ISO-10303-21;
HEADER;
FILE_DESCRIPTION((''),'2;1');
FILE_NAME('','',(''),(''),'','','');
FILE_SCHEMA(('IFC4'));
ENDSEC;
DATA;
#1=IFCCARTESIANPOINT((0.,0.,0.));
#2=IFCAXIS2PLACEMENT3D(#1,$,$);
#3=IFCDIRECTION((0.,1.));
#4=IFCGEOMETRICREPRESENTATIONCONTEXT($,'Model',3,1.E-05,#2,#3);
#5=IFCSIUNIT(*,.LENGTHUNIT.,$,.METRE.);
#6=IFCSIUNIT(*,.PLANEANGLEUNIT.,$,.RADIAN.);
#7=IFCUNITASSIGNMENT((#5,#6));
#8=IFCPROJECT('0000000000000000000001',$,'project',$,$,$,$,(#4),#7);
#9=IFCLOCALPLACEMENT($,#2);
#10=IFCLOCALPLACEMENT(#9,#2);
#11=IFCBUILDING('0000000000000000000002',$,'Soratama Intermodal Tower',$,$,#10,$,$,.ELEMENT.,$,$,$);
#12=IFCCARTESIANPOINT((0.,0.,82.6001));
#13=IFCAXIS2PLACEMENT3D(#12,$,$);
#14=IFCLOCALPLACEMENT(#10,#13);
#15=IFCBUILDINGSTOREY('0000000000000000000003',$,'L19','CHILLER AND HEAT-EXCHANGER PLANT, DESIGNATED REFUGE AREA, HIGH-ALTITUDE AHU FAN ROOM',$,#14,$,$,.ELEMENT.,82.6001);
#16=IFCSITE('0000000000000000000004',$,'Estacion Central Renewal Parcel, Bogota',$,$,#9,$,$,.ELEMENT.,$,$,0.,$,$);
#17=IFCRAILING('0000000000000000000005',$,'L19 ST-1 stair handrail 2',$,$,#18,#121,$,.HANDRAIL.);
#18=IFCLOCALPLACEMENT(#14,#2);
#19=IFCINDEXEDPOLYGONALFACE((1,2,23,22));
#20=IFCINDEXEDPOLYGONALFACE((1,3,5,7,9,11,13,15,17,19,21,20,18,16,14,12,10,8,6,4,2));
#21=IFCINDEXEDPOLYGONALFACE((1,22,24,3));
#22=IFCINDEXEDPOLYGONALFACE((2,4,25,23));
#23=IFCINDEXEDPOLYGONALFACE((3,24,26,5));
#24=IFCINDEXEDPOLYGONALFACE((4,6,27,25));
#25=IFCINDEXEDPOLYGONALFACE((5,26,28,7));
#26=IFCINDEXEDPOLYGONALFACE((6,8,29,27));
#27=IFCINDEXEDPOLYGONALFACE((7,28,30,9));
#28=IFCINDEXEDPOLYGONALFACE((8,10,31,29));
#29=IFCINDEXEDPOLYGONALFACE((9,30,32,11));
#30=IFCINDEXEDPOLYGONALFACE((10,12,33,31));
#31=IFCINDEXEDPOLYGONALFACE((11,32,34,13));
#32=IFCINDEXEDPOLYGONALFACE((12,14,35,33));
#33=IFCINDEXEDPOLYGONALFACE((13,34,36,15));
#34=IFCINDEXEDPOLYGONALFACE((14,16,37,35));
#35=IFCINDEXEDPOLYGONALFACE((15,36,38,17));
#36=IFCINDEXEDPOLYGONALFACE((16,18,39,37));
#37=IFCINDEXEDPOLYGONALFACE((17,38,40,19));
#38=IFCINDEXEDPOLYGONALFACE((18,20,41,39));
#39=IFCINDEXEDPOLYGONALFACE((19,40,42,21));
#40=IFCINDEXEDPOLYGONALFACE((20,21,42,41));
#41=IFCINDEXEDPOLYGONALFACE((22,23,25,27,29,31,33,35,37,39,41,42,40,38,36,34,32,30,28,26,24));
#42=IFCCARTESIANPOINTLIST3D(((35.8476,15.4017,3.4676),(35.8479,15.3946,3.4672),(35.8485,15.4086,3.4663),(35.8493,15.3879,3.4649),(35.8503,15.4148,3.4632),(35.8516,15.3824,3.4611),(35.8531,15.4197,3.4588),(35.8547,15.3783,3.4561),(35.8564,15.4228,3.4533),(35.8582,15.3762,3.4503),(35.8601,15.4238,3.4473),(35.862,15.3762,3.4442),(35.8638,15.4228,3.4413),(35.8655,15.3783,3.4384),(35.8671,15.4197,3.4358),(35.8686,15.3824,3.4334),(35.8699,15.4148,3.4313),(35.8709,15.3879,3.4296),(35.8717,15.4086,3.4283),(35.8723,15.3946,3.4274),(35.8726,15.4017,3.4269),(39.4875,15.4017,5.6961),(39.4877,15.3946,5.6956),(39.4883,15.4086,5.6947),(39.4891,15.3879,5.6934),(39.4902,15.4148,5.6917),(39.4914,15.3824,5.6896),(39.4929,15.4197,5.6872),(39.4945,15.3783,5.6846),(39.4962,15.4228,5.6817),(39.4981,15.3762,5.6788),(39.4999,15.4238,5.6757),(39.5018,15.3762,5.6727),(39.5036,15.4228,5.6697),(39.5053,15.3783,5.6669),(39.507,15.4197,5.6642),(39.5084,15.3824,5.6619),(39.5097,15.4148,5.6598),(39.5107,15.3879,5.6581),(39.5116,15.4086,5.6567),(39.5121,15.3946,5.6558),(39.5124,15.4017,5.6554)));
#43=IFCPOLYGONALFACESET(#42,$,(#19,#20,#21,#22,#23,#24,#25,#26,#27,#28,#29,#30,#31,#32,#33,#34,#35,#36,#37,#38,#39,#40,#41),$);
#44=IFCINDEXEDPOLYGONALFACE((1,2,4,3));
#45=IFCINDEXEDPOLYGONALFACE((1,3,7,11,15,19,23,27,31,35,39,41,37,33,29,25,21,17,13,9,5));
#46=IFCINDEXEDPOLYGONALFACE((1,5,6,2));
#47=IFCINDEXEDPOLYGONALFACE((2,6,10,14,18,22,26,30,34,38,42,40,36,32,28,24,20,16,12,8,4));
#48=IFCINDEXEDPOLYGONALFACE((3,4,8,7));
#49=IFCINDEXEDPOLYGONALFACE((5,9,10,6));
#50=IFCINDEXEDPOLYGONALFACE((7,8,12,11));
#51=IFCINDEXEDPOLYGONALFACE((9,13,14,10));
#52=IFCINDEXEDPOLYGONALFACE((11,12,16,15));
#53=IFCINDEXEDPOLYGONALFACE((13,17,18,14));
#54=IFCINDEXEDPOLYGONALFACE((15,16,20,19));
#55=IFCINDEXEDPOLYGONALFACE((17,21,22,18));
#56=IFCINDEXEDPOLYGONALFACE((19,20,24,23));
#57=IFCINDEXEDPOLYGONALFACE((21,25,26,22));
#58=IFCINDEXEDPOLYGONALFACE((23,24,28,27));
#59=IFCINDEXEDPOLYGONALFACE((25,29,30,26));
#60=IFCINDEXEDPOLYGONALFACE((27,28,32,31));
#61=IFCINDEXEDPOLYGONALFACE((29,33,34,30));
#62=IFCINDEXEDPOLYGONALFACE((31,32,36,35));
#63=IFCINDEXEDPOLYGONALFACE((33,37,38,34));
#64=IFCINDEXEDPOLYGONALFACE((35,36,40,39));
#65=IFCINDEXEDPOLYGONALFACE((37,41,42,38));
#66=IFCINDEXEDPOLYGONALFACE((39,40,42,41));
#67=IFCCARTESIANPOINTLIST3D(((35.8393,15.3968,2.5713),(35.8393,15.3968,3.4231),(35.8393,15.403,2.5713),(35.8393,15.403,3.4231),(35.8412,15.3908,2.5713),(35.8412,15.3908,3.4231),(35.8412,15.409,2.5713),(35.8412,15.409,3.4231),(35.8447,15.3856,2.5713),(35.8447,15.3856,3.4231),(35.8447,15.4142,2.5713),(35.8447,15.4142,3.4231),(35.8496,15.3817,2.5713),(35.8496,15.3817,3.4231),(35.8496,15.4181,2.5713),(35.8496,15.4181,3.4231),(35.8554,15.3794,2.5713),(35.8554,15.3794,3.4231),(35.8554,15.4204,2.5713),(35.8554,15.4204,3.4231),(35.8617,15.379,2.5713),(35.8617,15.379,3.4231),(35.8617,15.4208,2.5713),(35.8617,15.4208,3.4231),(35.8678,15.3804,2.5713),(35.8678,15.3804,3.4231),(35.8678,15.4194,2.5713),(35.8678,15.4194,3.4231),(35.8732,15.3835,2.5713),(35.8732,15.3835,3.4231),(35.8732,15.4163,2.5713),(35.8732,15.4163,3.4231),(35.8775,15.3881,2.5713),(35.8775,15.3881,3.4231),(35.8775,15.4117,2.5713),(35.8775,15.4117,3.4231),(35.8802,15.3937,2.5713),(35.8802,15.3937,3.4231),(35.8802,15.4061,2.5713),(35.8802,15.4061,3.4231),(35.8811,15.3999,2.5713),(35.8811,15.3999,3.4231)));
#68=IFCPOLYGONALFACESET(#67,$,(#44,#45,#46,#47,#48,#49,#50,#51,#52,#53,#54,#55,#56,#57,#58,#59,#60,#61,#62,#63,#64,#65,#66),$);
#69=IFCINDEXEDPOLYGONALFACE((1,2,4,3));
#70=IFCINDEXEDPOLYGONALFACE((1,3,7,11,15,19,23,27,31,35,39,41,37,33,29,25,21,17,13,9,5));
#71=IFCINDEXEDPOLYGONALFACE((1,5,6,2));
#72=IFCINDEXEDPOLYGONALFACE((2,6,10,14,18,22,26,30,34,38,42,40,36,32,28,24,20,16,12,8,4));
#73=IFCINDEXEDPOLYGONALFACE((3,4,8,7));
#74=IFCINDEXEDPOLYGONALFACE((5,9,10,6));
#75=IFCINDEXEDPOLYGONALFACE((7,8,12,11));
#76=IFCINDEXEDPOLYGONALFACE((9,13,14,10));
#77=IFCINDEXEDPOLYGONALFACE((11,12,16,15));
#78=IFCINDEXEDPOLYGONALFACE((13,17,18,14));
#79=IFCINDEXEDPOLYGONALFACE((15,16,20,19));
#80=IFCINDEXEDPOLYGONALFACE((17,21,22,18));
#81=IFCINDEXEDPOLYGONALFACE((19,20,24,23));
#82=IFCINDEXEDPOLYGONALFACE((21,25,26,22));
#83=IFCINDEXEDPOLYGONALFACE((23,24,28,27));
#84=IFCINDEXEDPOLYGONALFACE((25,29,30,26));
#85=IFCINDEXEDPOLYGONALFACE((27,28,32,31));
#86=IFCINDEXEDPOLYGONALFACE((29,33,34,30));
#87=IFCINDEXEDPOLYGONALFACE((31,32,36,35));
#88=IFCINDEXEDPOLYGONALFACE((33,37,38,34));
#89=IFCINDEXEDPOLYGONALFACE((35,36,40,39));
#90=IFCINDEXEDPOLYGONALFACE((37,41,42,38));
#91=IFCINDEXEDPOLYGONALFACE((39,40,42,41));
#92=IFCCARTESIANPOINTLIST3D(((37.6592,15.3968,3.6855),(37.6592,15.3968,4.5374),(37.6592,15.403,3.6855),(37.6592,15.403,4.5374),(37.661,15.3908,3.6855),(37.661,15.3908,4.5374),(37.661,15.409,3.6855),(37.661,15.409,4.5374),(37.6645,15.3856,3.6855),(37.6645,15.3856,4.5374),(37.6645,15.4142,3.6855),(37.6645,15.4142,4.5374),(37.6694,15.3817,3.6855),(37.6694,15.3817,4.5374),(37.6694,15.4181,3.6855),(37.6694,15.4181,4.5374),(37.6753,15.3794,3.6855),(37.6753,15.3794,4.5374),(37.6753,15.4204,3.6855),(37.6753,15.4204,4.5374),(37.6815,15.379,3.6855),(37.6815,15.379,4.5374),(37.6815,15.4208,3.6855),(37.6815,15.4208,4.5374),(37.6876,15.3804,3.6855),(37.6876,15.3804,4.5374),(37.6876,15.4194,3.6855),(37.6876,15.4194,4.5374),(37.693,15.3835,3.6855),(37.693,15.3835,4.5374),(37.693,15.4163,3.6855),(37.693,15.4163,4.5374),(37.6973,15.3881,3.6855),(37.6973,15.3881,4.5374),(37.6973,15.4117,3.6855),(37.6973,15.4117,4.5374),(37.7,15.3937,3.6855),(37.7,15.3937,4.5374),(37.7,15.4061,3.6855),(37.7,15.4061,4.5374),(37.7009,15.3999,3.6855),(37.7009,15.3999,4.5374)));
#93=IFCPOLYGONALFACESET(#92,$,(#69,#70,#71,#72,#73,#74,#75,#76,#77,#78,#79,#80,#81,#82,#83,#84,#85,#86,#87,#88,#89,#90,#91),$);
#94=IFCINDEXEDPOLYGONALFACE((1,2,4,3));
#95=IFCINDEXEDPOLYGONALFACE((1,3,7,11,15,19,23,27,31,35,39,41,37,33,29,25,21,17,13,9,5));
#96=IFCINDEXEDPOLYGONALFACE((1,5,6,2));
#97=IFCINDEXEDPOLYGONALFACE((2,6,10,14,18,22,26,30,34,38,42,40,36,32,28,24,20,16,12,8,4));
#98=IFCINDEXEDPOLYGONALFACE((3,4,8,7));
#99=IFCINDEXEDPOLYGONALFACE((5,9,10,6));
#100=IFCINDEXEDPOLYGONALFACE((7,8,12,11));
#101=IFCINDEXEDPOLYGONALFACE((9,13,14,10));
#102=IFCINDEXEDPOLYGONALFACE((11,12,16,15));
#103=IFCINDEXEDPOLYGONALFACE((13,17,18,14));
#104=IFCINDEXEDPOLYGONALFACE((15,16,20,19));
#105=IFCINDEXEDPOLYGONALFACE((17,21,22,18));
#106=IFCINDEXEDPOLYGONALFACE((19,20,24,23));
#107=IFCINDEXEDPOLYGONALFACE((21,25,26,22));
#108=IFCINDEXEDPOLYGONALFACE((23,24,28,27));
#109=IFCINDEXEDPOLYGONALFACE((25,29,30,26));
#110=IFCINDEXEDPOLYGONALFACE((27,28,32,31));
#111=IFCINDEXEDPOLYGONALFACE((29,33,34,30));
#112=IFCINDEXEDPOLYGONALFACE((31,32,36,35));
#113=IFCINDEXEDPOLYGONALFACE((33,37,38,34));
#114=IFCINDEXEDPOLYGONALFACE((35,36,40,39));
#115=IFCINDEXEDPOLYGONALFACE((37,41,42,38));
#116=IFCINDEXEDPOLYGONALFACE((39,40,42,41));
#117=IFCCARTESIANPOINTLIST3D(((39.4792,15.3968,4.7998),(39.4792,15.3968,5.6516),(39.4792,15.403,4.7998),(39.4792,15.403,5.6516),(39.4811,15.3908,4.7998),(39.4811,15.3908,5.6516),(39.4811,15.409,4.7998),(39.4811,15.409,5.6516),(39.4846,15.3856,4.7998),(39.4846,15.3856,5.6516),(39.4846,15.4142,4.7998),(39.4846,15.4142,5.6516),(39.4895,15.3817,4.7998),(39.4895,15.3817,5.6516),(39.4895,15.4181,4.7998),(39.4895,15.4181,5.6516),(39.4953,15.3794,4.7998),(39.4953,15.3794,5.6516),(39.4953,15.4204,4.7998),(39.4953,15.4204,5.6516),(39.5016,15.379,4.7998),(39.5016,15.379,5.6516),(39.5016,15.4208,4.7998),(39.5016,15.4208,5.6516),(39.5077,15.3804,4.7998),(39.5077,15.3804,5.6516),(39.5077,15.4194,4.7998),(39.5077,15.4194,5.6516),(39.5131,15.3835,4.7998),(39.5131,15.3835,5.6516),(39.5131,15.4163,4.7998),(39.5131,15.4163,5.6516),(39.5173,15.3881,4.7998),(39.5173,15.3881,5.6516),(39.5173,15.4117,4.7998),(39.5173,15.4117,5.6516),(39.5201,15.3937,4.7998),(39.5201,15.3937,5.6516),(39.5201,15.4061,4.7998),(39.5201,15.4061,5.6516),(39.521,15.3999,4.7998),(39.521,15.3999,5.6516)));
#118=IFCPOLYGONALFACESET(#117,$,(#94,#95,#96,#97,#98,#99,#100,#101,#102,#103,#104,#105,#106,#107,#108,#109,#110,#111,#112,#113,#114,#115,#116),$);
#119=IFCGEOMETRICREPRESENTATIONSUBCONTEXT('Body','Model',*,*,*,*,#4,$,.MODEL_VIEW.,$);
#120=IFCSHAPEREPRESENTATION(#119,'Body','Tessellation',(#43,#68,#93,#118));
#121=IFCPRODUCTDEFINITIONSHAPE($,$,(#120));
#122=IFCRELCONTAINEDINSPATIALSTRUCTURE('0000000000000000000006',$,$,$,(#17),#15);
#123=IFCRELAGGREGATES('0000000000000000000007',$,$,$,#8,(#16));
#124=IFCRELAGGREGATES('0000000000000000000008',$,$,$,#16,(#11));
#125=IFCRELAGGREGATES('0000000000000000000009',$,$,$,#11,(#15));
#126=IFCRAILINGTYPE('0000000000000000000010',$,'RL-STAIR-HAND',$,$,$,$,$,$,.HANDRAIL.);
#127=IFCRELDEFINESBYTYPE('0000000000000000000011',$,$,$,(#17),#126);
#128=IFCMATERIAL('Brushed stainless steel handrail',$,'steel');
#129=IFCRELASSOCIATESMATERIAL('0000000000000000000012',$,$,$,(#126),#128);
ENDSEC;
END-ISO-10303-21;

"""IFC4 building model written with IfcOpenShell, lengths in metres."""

from ifc_helpers import new_model, si_unit, direction, frame, origin, origin_2d, place, context, subcontext, project, spatial, circle, extrude, material, type_object, element, save


model = new_model("IFC4")

# Units and contexts
model_context = context("Model", 3, precision=1e-05, world=origin(), true_north=direction((0.0, 1.0)))
body_context = subcontext(model_context, "Body", "Model", "MODEL_VIEW")
ifc_project = project(units=[si_unit("LENGTHUNIT", "METRE"), si_unit("PLANEANGLEUNIT", "RADIAN")], contexts=[model_context])

# Site, building, storey
site_placement = place(None, origin())
site = spatial("IfcSite", under=ifc_project, at=site_placement, Name="Estacion Central Renewal Parcel, Bogota", CompositionType="ELEMENT", RefElevation=0.0)
building_placement = place(site_placement, origin())
building = spatial("IfcBuilding", under=site, at=building_placement, Name="Soratama Intermodal Tower", CompositionType="ELEMENT")
storey_placement = place(building_placement, frame((0.0, 0.0, 82.6001)))
storey = spatial("IfcBuildingStorey", under=building, at=storey_placement, Name="L19", Description="CHILLER AND HEAT-EXCHANGER PLANT, DESIGNATED REFUGE AREA, HIGH-ALTITUDE AHU FAN ROOM", CompositionType="ELEMENT", Elevation=82.6001)

# Railing
ifc_material_1 = material(Name="Brushed stainless steel handrail", Category="steel")
railing_type_1 = type_object("IfcRailingType", Name="RL-STAIR-HAND", PredefinedType="HANDRAIL", material=ifc_material_1)
railing_1_placement = place(storey_placement, frame((35.8601, 15.3999, 2.5713)))
element("IfcRailing", 1, at=railing_1_placement, inside=storey, type_object=railing_type_1, Name="L19 ST-1 stair handrail 2", PredefinedType="HANDRAIL", context=body_context, shape_type="SweptSolid", body=[
    extrude(circle(Radius=0.0239, at=origin_2d()), frame((0.0, 0.0, 0.876), z_axis=(0.85285, 0.0, 0.522156), x_axis=(0.0, 1.0, 0.0)), (0.0, 0.0, 1.0), 4.2678),
    extrude(circle(Radius=0.021, at=origin_2d()), origin(), (0.0, 0.0, 1.0), 0.8518),
    extrude(circle(Radius=0.021, at=origin_2d()), frame((1.8198, 0.0, 1.1143)), (0.0, 0.0, 1.0), 0.8518),
    extrude(circle(Radius=0.021, at=origin_2d()), frame((3.6399, 0.0, 2.2285)), (0.0, 0.0, 1.0), 0.8518),
])

save(model, "model.ifc")
